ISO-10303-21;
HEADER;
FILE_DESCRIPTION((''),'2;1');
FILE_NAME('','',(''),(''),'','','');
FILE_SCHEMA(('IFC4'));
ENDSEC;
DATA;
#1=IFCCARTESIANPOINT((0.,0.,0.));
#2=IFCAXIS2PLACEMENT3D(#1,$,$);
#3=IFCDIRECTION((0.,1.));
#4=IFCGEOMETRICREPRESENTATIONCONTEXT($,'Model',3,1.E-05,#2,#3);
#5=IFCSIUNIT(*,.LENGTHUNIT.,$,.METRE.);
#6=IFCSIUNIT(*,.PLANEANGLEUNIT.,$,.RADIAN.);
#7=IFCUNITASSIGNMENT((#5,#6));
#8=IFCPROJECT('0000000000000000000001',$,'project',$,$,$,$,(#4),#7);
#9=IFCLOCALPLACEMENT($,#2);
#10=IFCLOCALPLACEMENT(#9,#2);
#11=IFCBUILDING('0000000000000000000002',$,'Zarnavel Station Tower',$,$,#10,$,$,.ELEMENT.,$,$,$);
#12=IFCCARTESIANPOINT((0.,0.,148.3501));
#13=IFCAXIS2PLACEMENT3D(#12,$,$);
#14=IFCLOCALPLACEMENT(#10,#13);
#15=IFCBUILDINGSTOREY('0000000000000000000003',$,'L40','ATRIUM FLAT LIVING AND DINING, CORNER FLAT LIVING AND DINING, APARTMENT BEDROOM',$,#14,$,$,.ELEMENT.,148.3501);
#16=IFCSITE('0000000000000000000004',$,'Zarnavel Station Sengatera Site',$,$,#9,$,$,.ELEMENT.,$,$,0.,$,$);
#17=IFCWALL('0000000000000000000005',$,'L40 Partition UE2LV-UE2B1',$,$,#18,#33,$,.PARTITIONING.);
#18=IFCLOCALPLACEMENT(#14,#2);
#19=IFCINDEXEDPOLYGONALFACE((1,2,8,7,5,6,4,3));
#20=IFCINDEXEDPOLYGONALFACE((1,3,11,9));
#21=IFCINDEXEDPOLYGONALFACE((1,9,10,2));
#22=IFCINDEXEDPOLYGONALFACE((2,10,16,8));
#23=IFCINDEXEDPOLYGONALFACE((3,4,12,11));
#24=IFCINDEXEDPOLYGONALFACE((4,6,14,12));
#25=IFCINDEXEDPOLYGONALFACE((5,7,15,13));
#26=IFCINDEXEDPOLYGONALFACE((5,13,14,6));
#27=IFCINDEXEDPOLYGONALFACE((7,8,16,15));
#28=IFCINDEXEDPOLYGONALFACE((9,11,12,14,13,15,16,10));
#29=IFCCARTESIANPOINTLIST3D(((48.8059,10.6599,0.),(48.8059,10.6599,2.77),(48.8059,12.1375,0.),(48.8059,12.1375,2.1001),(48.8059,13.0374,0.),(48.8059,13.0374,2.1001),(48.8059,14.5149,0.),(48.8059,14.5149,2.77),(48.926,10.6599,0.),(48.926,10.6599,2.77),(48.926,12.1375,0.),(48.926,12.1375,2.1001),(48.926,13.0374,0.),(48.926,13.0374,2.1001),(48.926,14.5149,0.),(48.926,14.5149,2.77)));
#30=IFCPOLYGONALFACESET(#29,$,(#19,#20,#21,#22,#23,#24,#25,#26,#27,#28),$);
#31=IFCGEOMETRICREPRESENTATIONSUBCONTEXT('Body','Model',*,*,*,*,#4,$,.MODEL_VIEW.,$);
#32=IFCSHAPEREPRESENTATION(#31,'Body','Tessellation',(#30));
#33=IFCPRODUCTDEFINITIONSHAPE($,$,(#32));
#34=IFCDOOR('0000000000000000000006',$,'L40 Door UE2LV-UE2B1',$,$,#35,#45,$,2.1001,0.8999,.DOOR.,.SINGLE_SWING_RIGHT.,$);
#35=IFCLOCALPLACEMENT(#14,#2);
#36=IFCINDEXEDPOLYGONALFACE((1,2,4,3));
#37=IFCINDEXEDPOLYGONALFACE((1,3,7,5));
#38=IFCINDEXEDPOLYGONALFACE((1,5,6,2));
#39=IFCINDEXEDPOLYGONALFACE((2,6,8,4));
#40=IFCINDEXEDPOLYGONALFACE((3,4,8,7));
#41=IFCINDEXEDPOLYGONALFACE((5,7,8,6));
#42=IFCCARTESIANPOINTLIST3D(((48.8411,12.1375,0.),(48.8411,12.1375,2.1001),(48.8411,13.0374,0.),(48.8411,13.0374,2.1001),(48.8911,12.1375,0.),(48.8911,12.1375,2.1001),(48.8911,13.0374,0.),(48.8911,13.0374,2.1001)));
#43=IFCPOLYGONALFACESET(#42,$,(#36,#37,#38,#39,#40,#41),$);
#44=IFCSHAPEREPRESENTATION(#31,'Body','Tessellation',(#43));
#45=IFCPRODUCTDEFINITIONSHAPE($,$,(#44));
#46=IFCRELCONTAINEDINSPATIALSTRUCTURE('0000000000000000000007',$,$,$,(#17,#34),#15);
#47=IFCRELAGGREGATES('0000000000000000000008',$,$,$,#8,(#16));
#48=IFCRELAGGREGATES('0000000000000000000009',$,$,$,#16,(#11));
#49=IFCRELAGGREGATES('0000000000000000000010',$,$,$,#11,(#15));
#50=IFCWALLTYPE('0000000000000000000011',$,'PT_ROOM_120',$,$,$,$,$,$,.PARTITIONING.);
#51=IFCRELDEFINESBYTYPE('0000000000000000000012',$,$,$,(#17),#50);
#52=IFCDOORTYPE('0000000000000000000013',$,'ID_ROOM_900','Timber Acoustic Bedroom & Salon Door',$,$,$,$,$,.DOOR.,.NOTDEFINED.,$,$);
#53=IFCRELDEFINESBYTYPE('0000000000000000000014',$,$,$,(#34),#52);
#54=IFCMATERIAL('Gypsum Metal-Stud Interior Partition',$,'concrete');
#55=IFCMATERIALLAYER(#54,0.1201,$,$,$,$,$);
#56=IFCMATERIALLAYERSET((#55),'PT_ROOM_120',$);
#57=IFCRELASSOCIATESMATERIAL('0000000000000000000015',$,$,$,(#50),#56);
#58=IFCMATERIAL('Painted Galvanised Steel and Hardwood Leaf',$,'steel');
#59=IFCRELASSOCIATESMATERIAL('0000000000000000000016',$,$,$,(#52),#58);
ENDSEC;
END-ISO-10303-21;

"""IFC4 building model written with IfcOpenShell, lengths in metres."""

from ifc_helpers import new_model, si_unit, direction, frame, frame_2d, origin, place, context, subcontext, project, spatial, rectangle, extrude, material, layer, layer_set, type_object, element, fill, save


model = new_model("IFC4")

# Units and contexts
model_context = context("Model", 3, precision=1e-05, world=origin(), true_north=direction((0.0, 1.0)))
body_context = subcontext(model_context, "Body", "Model", "MODEL_VIEW")
ifc_project = project(units=[si_unit("LENGTHUNIT", "METRE"), si_unit("PLANEANGLEUNIT", "RADIAN")], contexts=[model_context])

# Site, building, storey
site_placement = place(None, origin())
site = spatial("IfcSite", under=ifc_project, at=site_placement, Name="Zarnavel Station Sengatera Site", CompositionType="ELEMENT", RefElevation=0.0)
building_placement = place(site_placement, origin())
building = spatial("IfcBuilding", under=site, at=building_placement, Name="Zarnavel Station Tower", CompositionType="ELEMENT")
storey_placement = place(building_placement, frame((0.0, 0.0, 148.3501)))
storey = spatial("IfcBuildingStorey", under=building, at=storey_placement, Name="L40", Description="ATRIUM FLAT LIVING AND DINING, CORNER FLAT LIVING AND DINING, APARTMENT BEDROOM", CompositionType="ELEMENT", Elevation=148.3501)

# Wall, opening, door
ifc_material_1 = material(Name="Gypsum Metal-Stud Interior Partition", Category="concrete")
ifc_layer_1 = layer(ifc_material_1, 0.1201)
ifc_layer_set_1 = layer_set([ifc_layer_1], Name="PT_ROOM_120")
wall_type_1 = type_object("IfcWallType", Name="PT_ROOM_120", PredefinedType="PARTITIONING", material=ifc_layer_set_1)
wall_1_placement = place(storey_placement, frame((48.866, 10.6599, 0.0), z_axis=(0.0, 0.0, 1.0), x_axis=(0.0, 1.0, 0.0)))
wall_1 = element("IfcWall", 1, at=wall_1_placement, inside=storey, type_object=wall_type_1, Name="L40 Partition UE2LV-UE2B1", PredefinedType="PARTITIONING", context=body_context, shape_type="SweptSolid", body=[
    extrude(rectangle(XDim=3.855, YDim=0.1201, at=frame_2d((1.9275, 0.0))), origin(), (0.0, 0.0, 1.0), 2.77),
])
opening_1_placement = place(wall_1_placement, frame((1.4775, 0.0, 0.0)))
opening_1 = element("IfcOpeningElement", 2, at=opening_1_placement, cuts=wall_1, PredefinedType="OPENING", context=body_context, shape_type="SweptSolid", body=[
    extrude(rectangle(XDim=0.8999, YDim=2.1001, at=frame_2d((0.45, 1.05))), frame((0.0, 0.0701, 0.0), z_axis=(0.0, -1.0, 0.0), x_axis=(1.0, 0.0, 0.0)), (0.0, 0.0, 1.0), 0.1401),
])
ifc_material_2 = material(Name="Painted Galvanised Steel and Hardwood Leaf", Category="steel")
door_type_1 = type_object("IfcDoorType", Name="ID_ROOM_900", Description="Timber Acoustic Bedroom & Salon Door", OperationType="NOTDEFINED", PredefinedType="DOOR", material=ifc_material_2)
door_1_placement = place(opening_1_placement, origin())
door_1 = element("IfcDoor", 3, at=door_1_placement, inside=storey, type_object=door_type_1, Name="L40 Door UE2LV-UE2B1", OperationType="SINGLE_SWING_RIGHT", OverallHeight=2.1001, OverallWidth=0.8999, PredefinedType="DOOR", context=body_context, shape_type="SweptSolid", body=[
    extrude(rectangle(XDim=0.8999, YDim=2.1001, at=frame_2d((0.45, 1.05))), frame((0.0, 0.0249, 0.0), z_axis=(0.0, -1.0, 0.0), x_axis=(1.0, 0.0, 0.0)), (0.0, 0.0, 1.0), 0.05),
])
fill(opening_1, door_1)

save(model, "model.ifc")
